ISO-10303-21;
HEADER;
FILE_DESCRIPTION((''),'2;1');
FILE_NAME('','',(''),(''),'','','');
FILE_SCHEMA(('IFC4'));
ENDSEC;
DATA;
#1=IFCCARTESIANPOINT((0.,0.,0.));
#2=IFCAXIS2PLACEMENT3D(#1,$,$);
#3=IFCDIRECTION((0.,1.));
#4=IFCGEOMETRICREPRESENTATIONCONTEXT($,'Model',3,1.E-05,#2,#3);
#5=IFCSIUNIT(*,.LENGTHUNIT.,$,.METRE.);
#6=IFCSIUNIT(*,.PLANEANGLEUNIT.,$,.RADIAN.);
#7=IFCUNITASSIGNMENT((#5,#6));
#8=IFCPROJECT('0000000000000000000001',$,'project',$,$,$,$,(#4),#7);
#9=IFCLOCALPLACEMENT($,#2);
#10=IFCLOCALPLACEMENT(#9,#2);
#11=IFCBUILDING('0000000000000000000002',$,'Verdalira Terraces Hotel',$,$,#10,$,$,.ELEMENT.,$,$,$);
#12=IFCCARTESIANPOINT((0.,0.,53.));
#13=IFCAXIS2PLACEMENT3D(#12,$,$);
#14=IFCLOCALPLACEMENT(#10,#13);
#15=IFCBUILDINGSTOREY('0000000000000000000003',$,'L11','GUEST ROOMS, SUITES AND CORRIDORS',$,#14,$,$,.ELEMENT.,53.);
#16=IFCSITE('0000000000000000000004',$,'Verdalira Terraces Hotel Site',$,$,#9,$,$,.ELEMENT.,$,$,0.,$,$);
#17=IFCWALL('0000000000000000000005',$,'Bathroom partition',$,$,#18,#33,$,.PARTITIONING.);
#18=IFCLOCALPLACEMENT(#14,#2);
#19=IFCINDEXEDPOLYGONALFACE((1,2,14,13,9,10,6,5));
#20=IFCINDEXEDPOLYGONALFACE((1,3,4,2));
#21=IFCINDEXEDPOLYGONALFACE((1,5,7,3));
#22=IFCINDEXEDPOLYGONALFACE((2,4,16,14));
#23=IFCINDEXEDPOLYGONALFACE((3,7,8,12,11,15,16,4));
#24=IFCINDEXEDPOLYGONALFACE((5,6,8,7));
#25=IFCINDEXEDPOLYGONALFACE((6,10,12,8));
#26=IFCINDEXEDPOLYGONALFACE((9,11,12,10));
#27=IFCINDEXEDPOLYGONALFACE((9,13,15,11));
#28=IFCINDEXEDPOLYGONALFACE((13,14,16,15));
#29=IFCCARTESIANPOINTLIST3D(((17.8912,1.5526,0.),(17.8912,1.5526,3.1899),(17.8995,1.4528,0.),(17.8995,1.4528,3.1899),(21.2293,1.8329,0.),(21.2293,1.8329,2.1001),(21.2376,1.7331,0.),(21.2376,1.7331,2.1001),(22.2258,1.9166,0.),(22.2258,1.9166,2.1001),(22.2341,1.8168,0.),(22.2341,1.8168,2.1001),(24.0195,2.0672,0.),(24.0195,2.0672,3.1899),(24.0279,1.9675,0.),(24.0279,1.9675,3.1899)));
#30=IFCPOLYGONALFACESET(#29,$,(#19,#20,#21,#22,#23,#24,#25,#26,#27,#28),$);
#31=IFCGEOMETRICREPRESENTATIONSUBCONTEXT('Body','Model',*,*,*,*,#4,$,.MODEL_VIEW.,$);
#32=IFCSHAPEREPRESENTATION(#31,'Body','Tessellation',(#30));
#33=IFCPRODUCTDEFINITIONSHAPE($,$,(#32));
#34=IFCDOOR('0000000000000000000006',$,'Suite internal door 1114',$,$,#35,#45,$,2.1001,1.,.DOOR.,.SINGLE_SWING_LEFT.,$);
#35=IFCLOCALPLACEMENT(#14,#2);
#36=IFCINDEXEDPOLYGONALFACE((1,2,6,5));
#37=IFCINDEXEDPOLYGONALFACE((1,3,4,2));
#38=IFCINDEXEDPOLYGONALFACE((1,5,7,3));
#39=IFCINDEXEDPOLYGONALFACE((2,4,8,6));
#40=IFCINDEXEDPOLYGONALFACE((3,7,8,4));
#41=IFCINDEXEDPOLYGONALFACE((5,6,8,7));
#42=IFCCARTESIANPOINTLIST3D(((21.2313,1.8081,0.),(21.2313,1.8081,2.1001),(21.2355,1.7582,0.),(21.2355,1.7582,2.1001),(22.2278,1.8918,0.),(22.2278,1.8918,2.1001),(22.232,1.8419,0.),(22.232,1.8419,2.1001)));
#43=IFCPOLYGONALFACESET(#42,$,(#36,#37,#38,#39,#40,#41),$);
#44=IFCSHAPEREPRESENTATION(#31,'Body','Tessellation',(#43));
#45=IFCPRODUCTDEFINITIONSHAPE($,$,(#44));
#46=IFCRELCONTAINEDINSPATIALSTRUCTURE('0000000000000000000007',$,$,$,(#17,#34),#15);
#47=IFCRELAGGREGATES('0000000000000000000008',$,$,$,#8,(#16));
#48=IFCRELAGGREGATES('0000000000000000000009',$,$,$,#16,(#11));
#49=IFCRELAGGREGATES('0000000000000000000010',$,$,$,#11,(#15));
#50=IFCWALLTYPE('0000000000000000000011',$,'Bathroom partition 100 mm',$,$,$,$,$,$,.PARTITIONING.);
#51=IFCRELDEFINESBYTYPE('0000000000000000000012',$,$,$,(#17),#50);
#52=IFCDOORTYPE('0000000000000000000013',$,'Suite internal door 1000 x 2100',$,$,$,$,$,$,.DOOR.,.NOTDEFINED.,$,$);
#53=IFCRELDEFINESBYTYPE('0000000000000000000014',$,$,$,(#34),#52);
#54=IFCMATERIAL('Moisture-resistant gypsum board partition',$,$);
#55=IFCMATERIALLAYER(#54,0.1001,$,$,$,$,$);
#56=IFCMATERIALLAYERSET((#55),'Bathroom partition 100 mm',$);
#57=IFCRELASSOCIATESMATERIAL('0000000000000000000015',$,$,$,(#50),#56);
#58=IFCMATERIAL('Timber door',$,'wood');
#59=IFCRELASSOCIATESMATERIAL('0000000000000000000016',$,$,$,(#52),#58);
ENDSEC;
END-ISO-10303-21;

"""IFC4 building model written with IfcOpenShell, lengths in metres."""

from ifc_helpers import new_model, si_unit, direction, frame, frame_2d, origin, place, context, subcontext, project, spatial, rectangle, extrude, material, layer, layer_set, type_object, element, fill, save


model = new_model("IFC4")

# Units and contexts
model_context = context("Model", 3, precision=1e-05, world=origin(), true_north=direction((0.0, 1.0)))
body_context = subcontext(model_context, "Body", "Model", "MODEL_VIEW")
ifc_project = project(units=[si_unit("LENGTHUNIT", "METRE"), si_unit("PLANEANGLEUNIT", "RADIAN")], contexts=[model_context])

# Site, building, storey
site_placement = place(None, origin())
site = spatial("IfcSite", under=ifc_project, at=site_placement, Name="Verdalira Terraces Hotel Site", CompositionType="ELEMENT", RefElevation=0.0)
building_placement = place(site_placement, origin())
building = spatial("IfcBuilding", under=site, at=building_placement, Name="Verdalira Terraces Hotel", CompositionType="ELEMENT")
storey_placement = place(building_placement, frame((0.0, 0.0, 53.0)))
storey = spatial("IfcBuildingStorey", under=building, at=storey_placement, Name="L11", Description="GUEST ROOMS, SUITES AND CORRIDORS", CompositionType="ELEMENT", Elevation=53.0)

# Wall, opening, door
ifc_material_1 = material(Name="Moisture-resistant gypsum board partition")
ifc_layer_1 = layer(ifc_material_1, 0.1001)
ifc_layer_set_1 = layer_set([ifc_layer_1], Name="Bathroom partition 100 mm")
wall_type_1 = type_object("IfcWallType", Name="Bathroom partition 100 mm", PredefinedType="PARTITIONING", material=ifc_layer_set_1)
wall_1_placement = place(storey_placement, frame((24.0237, 2.0173, 0.0), z_axis=(0.0, 0.0, 1.0), x_axis=(-0.996492, -0.083683, 0.0)))
wall_1 = element("IfcWall", 1, at=wall_1_placement, inside=storey, type_object=wall_type_1, Name="Bathroom partition", PredefinedType="PARTITIONING", context=body_context, shape_type="SweptSolid", body=[
    extrude(rectangle(XDim=6.1499, YDim=0.1001, at=frame_2d((3.075, 0.0))), origin(), (0.0, 0.0, 1.0), 3.1899),
])
opening_1_placement = place(wall_1_placement, frame((1.8, 0.0, 0.0)))
opening_1 = element("IfcOpeningElement", 2, at=opening_1_placement, cuts=wall_1, PredefinedType="OPENING", context=body_context, shape_type="SweptSolid", body=[
    extrude(rectangle(XDim=1.0, YDim=2.1001, at=frame_2d((0.5, 1.05))), frame((0.0, 0.0601, 0.0), z_axis=(0.0, -1.0, 0.0), x_axis=(1.0, 0.0, 0.0)), (0.0, 0.0, 1.0), 0.1201),
])
ifc_material_2 = material(Name="Timber door", Category="wood")
door_type_1 = type_object("IfcDoorType", Name="Suite internal door 1000 x 2100", OperationType="NOTDEFINED", PredefinedType="DOOR", material=ifc_material_2)
door_1_placement = place(opening_1_placement, origin())
door_1 = element("IfcDoor", 3, at=door_1_placement, inside=storey, type_object=door_type_1, Name="Suite internal door 1114", OperationType="SINGLE_SWING_LEFT", OverallHeight=2.1001, OverallWidth=1.0, PredefinedType="DOOR", context=body_context, shape_type="SweptSolid", body=[
    extrude(rectangle(XDim=1.0, YDim=2.1001, at=frame_2d((0.5, 1.05))), frame((0.0, 0.0249, 0.0), z_axis=(0.0, -1.0, 0.0), x_axis=(1.0, 0.0, 0.0)), (0.0, 0.0, 1.0), 0.05),
])
fill(opening_1, door_1)

save(model, "model.ifc")
